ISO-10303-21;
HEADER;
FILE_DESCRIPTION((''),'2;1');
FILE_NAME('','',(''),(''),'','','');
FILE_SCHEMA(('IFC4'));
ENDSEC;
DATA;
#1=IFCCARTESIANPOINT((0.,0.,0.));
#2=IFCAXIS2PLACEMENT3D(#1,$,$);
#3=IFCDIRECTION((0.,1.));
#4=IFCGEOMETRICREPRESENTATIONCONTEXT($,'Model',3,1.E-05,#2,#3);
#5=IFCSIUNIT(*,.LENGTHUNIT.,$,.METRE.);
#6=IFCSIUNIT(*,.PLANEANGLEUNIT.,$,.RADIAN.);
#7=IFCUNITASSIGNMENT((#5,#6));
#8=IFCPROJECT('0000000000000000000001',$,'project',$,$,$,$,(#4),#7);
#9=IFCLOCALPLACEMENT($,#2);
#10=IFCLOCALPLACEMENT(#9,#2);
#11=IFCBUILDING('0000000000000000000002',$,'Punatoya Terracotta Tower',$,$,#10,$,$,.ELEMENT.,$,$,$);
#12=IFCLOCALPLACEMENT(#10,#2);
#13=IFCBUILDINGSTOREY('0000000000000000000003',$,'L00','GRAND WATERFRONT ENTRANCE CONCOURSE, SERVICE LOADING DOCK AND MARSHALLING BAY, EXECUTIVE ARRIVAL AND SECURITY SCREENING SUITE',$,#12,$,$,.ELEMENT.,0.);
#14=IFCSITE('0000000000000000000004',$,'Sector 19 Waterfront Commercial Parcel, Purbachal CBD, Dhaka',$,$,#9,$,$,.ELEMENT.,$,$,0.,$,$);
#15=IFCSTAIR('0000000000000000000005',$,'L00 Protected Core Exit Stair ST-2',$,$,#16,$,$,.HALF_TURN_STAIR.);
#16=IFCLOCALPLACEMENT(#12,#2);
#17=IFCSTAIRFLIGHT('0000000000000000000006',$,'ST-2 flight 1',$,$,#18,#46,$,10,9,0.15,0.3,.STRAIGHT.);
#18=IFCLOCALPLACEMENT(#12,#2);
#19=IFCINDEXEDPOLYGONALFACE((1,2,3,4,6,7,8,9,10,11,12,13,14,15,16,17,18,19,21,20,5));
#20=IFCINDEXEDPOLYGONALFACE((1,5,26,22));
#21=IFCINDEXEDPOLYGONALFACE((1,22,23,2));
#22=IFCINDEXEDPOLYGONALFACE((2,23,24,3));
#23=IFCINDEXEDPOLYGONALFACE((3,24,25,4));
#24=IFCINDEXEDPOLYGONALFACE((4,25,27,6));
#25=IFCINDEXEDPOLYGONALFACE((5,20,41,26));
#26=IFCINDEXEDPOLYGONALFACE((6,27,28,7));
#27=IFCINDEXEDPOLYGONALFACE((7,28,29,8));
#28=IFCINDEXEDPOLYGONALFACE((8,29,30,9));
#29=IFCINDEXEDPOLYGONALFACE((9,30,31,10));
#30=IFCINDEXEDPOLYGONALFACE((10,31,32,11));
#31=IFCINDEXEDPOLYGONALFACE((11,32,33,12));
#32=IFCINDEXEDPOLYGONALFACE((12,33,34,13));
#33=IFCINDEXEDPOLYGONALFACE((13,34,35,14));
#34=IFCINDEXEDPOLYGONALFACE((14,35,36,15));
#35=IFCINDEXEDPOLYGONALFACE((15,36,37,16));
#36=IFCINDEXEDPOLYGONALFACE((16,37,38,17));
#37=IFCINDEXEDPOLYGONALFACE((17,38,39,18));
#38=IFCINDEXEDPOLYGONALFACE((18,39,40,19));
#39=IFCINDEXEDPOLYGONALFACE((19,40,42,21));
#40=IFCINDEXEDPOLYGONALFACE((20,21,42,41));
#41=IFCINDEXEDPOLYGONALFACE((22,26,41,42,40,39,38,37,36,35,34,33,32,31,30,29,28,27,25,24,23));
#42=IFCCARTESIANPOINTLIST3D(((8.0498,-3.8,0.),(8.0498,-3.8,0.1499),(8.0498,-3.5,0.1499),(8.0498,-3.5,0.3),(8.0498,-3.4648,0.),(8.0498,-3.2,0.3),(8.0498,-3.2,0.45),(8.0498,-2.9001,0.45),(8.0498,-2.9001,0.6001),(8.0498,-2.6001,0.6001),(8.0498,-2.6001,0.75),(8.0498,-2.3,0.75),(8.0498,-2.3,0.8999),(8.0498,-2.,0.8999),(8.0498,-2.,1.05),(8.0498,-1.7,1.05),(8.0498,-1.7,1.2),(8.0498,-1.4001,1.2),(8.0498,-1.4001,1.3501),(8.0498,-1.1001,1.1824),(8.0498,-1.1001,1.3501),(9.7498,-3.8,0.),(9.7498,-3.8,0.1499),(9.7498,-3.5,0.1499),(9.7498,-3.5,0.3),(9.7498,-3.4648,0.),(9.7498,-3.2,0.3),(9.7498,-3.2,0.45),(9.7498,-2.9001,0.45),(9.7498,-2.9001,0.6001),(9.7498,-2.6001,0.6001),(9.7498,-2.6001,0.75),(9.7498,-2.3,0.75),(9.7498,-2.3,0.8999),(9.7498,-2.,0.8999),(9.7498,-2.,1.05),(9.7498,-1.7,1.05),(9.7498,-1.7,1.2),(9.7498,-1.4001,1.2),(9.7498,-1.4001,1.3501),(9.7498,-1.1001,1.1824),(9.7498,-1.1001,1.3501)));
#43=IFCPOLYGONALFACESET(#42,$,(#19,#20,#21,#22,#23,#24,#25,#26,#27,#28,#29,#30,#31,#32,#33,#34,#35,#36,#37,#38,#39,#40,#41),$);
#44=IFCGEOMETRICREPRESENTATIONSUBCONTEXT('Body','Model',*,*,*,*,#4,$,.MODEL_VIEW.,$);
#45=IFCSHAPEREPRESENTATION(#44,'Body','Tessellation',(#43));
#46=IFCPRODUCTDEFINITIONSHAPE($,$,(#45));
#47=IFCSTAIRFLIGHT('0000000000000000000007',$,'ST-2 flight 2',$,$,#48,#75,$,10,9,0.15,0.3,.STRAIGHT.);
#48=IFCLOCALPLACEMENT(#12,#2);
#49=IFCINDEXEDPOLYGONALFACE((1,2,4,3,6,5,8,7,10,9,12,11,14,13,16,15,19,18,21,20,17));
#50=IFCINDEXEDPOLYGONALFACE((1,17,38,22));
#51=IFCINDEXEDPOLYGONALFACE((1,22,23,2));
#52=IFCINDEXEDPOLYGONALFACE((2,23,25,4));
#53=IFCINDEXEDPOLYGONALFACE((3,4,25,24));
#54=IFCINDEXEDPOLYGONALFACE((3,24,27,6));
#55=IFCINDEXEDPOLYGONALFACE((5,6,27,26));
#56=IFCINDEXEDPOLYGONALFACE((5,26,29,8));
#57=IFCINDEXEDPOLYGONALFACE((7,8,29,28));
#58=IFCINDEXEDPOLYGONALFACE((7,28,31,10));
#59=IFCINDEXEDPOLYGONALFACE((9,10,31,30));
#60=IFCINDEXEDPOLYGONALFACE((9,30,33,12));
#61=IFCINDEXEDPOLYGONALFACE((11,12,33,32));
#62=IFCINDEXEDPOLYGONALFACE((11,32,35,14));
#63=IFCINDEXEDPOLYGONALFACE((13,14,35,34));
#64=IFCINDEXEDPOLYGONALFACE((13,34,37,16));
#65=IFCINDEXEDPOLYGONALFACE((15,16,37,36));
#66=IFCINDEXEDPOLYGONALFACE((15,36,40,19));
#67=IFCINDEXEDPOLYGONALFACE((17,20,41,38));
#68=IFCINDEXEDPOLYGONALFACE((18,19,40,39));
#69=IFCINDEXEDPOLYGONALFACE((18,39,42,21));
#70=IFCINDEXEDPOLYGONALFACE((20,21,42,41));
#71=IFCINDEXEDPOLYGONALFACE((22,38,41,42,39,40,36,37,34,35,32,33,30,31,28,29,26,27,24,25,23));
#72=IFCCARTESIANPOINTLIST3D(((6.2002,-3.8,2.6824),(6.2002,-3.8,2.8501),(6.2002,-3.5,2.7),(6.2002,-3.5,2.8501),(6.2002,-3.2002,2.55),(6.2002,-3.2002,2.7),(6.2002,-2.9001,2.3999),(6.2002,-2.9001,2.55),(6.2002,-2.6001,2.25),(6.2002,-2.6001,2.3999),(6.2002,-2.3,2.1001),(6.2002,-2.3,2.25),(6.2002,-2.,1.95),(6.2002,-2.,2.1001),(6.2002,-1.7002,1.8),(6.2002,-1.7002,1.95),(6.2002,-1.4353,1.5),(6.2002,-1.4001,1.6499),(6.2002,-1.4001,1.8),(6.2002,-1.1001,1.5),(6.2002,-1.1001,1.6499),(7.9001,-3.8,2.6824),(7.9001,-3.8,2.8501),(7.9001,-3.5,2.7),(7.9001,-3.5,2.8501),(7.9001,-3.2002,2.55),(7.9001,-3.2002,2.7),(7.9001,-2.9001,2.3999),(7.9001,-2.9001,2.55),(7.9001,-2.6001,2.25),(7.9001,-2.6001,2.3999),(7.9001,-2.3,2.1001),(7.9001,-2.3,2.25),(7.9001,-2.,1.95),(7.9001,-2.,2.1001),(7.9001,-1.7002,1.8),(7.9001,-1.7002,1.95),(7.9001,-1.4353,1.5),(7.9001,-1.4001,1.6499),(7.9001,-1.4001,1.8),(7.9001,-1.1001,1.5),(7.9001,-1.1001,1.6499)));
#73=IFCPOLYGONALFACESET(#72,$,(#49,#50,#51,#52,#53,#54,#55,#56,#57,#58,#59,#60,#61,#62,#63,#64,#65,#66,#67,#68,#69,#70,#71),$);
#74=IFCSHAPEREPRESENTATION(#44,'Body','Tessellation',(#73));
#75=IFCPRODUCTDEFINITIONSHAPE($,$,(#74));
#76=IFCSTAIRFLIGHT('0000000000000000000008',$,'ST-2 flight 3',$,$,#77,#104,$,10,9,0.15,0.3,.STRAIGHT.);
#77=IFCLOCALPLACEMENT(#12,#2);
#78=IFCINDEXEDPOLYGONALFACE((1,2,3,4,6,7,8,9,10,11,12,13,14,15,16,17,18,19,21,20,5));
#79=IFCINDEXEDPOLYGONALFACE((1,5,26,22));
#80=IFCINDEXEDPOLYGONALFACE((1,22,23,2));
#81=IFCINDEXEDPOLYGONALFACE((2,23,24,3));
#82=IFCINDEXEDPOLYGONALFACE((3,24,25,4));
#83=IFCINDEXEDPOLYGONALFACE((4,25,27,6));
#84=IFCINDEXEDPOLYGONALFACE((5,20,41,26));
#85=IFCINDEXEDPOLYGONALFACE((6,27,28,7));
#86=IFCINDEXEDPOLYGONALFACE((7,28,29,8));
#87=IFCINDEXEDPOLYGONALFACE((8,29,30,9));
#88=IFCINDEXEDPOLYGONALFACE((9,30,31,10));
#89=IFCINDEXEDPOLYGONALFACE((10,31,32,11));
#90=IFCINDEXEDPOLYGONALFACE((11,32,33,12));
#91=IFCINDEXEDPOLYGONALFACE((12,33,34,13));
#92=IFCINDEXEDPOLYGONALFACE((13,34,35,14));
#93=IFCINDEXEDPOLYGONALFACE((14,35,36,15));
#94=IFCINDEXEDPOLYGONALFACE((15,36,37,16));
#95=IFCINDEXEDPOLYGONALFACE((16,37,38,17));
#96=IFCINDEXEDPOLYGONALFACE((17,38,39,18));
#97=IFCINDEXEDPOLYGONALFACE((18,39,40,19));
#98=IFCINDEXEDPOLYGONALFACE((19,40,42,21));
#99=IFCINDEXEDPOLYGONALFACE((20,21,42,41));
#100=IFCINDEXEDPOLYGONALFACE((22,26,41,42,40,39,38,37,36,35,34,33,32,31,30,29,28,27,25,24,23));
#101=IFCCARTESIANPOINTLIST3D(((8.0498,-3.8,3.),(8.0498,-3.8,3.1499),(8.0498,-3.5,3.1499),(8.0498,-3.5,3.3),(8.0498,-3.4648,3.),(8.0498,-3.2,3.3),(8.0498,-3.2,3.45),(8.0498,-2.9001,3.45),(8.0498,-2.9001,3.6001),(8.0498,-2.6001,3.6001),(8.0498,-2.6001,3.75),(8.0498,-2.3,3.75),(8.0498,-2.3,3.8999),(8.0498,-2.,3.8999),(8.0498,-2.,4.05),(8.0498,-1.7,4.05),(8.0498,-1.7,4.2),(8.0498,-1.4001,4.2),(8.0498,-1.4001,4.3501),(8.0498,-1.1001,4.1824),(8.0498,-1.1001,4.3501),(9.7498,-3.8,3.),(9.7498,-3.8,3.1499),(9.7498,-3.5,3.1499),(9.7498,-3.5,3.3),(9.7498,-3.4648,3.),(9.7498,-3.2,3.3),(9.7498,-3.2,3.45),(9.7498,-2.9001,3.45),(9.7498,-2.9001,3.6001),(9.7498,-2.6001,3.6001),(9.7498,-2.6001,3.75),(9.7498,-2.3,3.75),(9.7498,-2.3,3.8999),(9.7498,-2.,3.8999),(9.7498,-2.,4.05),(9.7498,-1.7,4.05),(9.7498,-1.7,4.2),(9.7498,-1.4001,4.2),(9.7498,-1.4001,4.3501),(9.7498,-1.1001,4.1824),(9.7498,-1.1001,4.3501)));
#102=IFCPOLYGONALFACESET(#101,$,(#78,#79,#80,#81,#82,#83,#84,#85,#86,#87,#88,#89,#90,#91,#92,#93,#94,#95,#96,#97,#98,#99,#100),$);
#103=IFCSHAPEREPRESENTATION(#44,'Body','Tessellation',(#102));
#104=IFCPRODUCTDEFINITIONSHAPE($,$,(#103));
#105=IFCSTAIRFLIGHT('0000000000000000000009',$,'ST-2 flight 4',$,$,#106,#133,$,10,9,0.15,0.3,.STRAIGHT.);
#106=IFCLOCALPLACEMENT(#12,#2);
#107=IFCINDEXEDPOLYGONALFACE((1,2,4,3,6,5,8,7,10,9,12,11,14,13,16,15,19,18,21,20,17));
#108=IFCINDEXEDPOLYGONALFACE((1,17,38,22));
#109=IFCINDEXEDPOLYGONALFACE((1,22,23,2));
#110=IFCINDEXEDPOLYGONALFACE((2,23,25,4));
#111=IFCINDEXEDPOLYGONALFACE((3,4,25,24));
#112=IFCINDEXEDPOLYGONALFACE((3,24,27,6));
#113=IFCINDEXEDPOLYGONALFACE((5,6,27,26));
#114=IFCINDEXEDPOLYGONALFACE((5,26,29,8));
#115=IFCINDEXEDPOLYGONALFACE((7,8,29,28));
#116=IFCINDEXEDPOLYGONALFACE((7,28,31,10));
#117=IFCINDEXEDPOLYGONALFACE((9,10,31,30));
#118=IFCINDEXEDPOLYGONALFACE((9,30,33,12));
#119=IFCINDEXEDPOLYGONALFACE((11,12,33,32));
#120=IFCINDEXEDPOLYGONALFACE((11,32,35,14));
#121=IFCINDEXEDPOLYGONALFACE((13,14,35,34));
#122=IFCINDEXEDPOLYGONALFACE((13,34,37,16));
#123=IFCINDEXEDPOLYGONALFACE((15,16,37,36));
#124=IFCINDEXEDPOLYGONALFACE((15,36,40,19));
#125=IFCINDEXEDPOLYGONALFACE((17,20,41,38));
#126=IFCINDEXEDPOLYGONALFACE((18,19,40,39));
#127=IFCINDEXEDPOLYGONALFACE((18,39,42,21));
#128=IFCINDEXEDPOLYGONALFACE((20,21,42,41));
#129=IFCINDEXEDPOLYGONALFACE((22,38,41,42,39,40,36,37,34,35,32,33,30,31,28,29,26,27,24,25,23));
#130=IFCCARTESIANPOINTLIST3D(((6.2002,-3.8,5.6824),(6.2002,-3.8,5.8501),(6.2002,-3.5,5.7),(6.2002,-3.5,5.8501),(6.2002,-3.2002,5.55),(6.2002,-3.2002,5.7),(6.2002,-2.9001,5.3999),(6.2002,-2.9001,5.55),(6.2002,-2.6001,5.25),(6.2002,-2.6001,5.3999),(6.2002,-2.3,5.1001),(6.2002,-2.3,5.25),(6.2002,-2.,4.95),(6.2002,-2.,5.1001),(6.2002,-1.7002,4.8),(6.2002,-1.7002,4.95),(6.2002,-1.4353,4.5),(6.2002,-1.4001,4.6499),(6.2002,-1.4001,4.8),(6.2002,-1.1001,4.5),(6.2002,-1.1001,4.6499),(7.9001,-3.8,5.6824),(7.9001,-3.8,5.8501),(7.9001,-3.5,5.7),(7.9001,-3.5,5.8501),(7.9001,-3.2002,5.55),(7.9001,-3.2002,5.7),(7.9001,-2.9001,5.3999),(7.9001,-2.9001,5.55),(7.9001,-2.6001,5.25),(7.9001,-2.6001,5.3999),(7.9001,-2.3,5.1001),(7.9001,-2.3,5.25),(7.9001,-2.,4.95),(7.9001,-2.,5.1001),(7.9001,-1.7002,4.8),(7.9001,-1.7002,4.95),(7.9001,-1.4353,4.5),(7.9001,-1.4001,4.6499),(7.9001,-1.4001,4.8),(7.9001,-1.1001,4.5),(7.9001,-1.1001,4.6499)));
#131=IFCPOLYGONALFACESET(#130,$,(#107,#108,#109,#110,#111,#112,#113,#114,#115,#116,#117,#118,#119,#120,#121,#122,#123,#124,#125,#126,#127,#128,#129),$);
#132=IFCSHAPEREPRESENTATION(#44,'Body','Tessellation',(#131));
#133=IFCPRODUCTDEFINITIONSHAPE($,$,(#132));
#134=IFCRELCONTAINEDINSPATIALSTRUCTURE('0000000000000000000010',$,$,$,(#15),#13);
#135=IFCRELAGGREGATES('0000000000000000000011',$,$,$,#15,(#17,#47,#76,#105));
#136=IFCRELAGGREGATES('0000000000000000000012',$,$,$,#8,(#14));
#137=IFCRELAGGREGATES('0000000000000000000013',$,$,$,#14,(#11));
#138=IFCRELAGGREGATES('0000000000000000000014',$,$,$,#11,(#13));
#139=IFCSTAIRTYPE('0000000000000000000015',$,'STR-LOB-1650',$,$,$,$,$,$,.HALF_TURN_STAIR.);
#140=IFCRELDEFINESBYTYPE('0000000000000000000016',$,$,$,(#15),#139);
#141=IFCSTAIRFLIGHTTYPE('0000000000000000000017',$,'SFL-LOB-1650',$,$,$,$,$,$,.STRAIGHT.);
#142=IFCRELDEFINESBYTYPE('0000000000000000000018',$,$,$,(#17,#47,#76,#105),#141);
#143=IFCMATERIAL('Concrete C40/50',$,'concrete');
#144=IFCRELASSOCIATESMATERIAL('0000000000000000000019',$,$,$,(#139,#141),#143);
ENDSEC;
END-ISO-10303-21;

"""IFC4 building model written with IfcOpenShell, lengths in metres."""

from ifc_helpers import new_model, si_unit, direction, frame, origin, place, context, subcontext, project, spatial, polyline, outline, extrude, material, type_object, element, aggregate, save


model = new_model("IFC4")

# Units and contexts
model_context = context("Model", 3, precision=1e-05, world=origin(), true_north=direction((0.0, 1.0)))
body_context = subcontext(model_context, "Body", "Model", "MODEL_VIEW")
ifc_project = project(units=[si_unit("LENGTHUNIT", "METRE"), si_unit("PLANEANGLEUNIT", "RADIAN")], contexts=[model_context])

# Site, building, storey
site_placement = place(None, origin())
site = spatial("IfcSite", under=ifc_project, at=site_placement, Name="Sector 19 Waterfront Commercial Parcel, Purbachal CBD, Dhaka", CompositionType="ELEMENT", RefElevation=0.0)
building_placement = place(site_placement, origin())
building = spatial("IfcBuilding", under=site, at=building_placement, Name="Punatoya Terracotta Tower", CompositionType="ELEMENT")
storey_placement = place(building_placement, origin())
storey = spatial("IfcBuildingStorey", under=building, at=storey_placement, Name="L00", Description="GRAND WATERFRONT ENTRANCE CONCOURSE, SERVICE LOADING DOCK AND MARSHALLING BAY, EXECUTIVE ARRIVAL AND SECURITY SCREENING SUITE", CompositionType="ELEMENT", Elevation=0.0)

# Shared definitions
ifc_material_1 = material(Name="Concrete C40/50", Category="concrete")

# Stair, stair flights
stair_type_1 = type_object("IfcStairType", Name="STR-LOB-1650", PredefinedType="HALF_TURN_STAIR", material=ifc_material_1)
stair_1_placement = place(storey_placement, origin())
stair_1 = element("IfcStair", 1, at=stair_1_placement, inside=storey, type_object=stair_type_1, Name="L00 Protected Core Exit Stair ST-2", PredefinedType="HALF_TURN_STAIR")
stair_flight_type = type_object("IfcStairFlightType", Name="SFL-LOB-1650", PredefinedType="STRAIGHT", material=ifc_material_1)
stair_flight_1_placement = place(storey_placement, frame((8.8999, -3.8, 0.0), z_axis=(0.0, 0.0, 1.0), x_axis=(0.0, 1.0, 0.0)))
stair_flight_1 = element("IfcStairFlight", 2, at=stair_flight_1_placement, type_object=stair_flight_type, Name="ST-2 flight 1", NumberOfRisers=10, NumberOfTreads=9, PredefinedType="STRAIGHT", RiserHeight=0.15, TreadLength=0.3, context=body_context, shape_type="SweptSolid", body=[
    extrude(outline(polyline([(0.0, 0.0), (0.0, 0.1499), (0.3, 0.1499), (0.3, 0.3), (0.6001, 0.3), (0.6001, 0.45), (0.8999, 0.45), (0.8999, 0.6001), (1.2, 0.6001), (1.2, 0.75), (1.5, 0.75), (1.5, 0.8999), (1.8, 0.8999), (1.8, 1.05), (2.1001, 1.05), (2.1001, 1.2), (2.3999, 1.2), (2.3999, 1.3501), (2.7, 1.3501), (2.7, 1.5), (2.7, 1.1824), (0.3352, 0.0), (0.0, 0.0)])), frame((0.0, 0.8501, 0.0), z_axis=(0.0, -1.0, 0.0), x_axis=(1.0, 0.0, 0.0)), (0.0, 0.0, 1.0), 1.7),
])
stair_flight_2_placement = place(storey_placement, frame((7.05, -1.1001, 1.5), z_axis=(0.0, 0.0, 1.0), x_axis=(0.0, -1.0, 0.0)))
stair_flight_2 = element("IfcStairFlight", 3, at=stair_flight_2_placement, type_object=stair_flight_type, Name="ST-2 flight 2", NumberOfRisers=10, NumberOfTreads=9, PredefinedType="STRAIGHT", RiserHeight=0.15, TreadLength=0.3, context=body_context, shape_type="SweptSolid", body=[
    extrude(outline(polyline([(0.0, 0.0), (0.0, 0.1499), (0.3, 0.1499), (0.3, 0.3), (0.6001, 0.3), (0.6001, 0.45), (0.8999, 0.45), (0.8999, 0.6001), (1.2, 0.6001), (1.2, 0.75), (1.5, 0.75), (1.5, 0.8999), (1.8, 0.8999), (1.8, 1.05), (2.1001, 1.05), (2.1001, 1.2), (2.3999, 1.2), (2.3999, 1.3501), (2.7, 1.3501), (2.7, 1.5), (2.7, 1.1824), (0.3352, 0.0), (0.0, 0.0)])), frame((0.0, 0.8501, 0.0), z_axis=(0.0, -1.0, 0.0), x_axis=(1.0, 0.0, 0.0)), (0.0, 0.0, 1.0), 1.7),
])
stair_flight_3_placement = place(storey_placement, frame((8.8999, -3.8, 3.0), z_axis=(0.0, 0.0, 1.0), x_axis=(0.0, 1.0, 0.0)))
stair_flight_3 = element("IfcStairFlight", 4, at=stair_flight_3_placement, type_object=stair_flight_type, Name="ST-2 flight 3", NumberOfRisers=10, NumberOfTreads=9, PredefinedType="STRAIGHT", RiserHeight=0.15, TreadLength=0.3, context=body_context, shape_type="SweptSolid", body=[
    extrude(outline(polyline([(0.0, 0.0), (0.0, 0.1499), (0.3, 0.1499), (0.3, 0.3), (0.6001, 0.3), (0.6001, 0.45), (0.8999, 0.45), (0.8999, 0.6001), (1.2, 0.6001), (1.2, 0.75), (1.5, 0.75), (1.5, 0.8999), (1.8, 0.8999), (1.8, 1.05), (2.1001, 1.05), (2.1001, 1.2), (2.3999, 1.2), (2.3999, 1.3501), (2.7, 1.3501), (2.7, 1.5), (2.7, 1.1824), (0.3352, 0.0), (0.0, 0.0)])), frame((0.0, 0.8501, 0.0), z_axis=(0.0, -1.0, 0.0), x_axis=(1.0, 0.0, 0.0)), (0.0, 0.0, 1.0), 1.7),
])
stair_flight_4_placement = place(storey_placement, frame((7.05, -1.1001, 4.5), z_axis=(0.0, 0.0, 1.0), x_axis=(0.0, -1.0, 0.0)))
stair_flight_4 = element("IfcStairFlight", 5, at=stair_flight_4_placement, type_object=stair_flight_type, Name="ST-2 flight 4", NumberOfRisers=10, NumberOfTreads=9, PredefinedType="STRAIGHT", RiserHeight=0.15, TreadLength=0.3, context=body_context, shape_type="SweptSolid", body=[
    extrude(outline(polyline([(0.0, 0.0), (0.0, 0.1499), (0.3, 0.1499), (0.3, 0.3), (0.6001, 0.3), (0.6001, 0.45), (0.8999, 0.45), (0.8999, 0.6001), (1.2, 0.6001), (1.2, 0.75), (1.5, 0.75), (1.5, 0.8999), (1.8, 0.8999), (1.8, 1.05), (2.1001, 1.05), (2.1001, 1.2), (2.3999, 1.2), (2.3999, 1.3501), (2.7, 1.3501), (2.7, 1.5), (2.7, 1.1824), (0.3352, 0.0), (0.0, 0.0)])), frame((0.0, 0.8501, 0.0), z_axis=(0.0, -1.0, 0.0), x_axis=(1.0, 0.0, 0.0)), (0.0, 0.0, 1.0), 1.7),
])
aggregate(stair_1, [stair_flight_1, stair_flight_2, stair_flight_3, stair_flight_4])

save(model, "model.ifc")
